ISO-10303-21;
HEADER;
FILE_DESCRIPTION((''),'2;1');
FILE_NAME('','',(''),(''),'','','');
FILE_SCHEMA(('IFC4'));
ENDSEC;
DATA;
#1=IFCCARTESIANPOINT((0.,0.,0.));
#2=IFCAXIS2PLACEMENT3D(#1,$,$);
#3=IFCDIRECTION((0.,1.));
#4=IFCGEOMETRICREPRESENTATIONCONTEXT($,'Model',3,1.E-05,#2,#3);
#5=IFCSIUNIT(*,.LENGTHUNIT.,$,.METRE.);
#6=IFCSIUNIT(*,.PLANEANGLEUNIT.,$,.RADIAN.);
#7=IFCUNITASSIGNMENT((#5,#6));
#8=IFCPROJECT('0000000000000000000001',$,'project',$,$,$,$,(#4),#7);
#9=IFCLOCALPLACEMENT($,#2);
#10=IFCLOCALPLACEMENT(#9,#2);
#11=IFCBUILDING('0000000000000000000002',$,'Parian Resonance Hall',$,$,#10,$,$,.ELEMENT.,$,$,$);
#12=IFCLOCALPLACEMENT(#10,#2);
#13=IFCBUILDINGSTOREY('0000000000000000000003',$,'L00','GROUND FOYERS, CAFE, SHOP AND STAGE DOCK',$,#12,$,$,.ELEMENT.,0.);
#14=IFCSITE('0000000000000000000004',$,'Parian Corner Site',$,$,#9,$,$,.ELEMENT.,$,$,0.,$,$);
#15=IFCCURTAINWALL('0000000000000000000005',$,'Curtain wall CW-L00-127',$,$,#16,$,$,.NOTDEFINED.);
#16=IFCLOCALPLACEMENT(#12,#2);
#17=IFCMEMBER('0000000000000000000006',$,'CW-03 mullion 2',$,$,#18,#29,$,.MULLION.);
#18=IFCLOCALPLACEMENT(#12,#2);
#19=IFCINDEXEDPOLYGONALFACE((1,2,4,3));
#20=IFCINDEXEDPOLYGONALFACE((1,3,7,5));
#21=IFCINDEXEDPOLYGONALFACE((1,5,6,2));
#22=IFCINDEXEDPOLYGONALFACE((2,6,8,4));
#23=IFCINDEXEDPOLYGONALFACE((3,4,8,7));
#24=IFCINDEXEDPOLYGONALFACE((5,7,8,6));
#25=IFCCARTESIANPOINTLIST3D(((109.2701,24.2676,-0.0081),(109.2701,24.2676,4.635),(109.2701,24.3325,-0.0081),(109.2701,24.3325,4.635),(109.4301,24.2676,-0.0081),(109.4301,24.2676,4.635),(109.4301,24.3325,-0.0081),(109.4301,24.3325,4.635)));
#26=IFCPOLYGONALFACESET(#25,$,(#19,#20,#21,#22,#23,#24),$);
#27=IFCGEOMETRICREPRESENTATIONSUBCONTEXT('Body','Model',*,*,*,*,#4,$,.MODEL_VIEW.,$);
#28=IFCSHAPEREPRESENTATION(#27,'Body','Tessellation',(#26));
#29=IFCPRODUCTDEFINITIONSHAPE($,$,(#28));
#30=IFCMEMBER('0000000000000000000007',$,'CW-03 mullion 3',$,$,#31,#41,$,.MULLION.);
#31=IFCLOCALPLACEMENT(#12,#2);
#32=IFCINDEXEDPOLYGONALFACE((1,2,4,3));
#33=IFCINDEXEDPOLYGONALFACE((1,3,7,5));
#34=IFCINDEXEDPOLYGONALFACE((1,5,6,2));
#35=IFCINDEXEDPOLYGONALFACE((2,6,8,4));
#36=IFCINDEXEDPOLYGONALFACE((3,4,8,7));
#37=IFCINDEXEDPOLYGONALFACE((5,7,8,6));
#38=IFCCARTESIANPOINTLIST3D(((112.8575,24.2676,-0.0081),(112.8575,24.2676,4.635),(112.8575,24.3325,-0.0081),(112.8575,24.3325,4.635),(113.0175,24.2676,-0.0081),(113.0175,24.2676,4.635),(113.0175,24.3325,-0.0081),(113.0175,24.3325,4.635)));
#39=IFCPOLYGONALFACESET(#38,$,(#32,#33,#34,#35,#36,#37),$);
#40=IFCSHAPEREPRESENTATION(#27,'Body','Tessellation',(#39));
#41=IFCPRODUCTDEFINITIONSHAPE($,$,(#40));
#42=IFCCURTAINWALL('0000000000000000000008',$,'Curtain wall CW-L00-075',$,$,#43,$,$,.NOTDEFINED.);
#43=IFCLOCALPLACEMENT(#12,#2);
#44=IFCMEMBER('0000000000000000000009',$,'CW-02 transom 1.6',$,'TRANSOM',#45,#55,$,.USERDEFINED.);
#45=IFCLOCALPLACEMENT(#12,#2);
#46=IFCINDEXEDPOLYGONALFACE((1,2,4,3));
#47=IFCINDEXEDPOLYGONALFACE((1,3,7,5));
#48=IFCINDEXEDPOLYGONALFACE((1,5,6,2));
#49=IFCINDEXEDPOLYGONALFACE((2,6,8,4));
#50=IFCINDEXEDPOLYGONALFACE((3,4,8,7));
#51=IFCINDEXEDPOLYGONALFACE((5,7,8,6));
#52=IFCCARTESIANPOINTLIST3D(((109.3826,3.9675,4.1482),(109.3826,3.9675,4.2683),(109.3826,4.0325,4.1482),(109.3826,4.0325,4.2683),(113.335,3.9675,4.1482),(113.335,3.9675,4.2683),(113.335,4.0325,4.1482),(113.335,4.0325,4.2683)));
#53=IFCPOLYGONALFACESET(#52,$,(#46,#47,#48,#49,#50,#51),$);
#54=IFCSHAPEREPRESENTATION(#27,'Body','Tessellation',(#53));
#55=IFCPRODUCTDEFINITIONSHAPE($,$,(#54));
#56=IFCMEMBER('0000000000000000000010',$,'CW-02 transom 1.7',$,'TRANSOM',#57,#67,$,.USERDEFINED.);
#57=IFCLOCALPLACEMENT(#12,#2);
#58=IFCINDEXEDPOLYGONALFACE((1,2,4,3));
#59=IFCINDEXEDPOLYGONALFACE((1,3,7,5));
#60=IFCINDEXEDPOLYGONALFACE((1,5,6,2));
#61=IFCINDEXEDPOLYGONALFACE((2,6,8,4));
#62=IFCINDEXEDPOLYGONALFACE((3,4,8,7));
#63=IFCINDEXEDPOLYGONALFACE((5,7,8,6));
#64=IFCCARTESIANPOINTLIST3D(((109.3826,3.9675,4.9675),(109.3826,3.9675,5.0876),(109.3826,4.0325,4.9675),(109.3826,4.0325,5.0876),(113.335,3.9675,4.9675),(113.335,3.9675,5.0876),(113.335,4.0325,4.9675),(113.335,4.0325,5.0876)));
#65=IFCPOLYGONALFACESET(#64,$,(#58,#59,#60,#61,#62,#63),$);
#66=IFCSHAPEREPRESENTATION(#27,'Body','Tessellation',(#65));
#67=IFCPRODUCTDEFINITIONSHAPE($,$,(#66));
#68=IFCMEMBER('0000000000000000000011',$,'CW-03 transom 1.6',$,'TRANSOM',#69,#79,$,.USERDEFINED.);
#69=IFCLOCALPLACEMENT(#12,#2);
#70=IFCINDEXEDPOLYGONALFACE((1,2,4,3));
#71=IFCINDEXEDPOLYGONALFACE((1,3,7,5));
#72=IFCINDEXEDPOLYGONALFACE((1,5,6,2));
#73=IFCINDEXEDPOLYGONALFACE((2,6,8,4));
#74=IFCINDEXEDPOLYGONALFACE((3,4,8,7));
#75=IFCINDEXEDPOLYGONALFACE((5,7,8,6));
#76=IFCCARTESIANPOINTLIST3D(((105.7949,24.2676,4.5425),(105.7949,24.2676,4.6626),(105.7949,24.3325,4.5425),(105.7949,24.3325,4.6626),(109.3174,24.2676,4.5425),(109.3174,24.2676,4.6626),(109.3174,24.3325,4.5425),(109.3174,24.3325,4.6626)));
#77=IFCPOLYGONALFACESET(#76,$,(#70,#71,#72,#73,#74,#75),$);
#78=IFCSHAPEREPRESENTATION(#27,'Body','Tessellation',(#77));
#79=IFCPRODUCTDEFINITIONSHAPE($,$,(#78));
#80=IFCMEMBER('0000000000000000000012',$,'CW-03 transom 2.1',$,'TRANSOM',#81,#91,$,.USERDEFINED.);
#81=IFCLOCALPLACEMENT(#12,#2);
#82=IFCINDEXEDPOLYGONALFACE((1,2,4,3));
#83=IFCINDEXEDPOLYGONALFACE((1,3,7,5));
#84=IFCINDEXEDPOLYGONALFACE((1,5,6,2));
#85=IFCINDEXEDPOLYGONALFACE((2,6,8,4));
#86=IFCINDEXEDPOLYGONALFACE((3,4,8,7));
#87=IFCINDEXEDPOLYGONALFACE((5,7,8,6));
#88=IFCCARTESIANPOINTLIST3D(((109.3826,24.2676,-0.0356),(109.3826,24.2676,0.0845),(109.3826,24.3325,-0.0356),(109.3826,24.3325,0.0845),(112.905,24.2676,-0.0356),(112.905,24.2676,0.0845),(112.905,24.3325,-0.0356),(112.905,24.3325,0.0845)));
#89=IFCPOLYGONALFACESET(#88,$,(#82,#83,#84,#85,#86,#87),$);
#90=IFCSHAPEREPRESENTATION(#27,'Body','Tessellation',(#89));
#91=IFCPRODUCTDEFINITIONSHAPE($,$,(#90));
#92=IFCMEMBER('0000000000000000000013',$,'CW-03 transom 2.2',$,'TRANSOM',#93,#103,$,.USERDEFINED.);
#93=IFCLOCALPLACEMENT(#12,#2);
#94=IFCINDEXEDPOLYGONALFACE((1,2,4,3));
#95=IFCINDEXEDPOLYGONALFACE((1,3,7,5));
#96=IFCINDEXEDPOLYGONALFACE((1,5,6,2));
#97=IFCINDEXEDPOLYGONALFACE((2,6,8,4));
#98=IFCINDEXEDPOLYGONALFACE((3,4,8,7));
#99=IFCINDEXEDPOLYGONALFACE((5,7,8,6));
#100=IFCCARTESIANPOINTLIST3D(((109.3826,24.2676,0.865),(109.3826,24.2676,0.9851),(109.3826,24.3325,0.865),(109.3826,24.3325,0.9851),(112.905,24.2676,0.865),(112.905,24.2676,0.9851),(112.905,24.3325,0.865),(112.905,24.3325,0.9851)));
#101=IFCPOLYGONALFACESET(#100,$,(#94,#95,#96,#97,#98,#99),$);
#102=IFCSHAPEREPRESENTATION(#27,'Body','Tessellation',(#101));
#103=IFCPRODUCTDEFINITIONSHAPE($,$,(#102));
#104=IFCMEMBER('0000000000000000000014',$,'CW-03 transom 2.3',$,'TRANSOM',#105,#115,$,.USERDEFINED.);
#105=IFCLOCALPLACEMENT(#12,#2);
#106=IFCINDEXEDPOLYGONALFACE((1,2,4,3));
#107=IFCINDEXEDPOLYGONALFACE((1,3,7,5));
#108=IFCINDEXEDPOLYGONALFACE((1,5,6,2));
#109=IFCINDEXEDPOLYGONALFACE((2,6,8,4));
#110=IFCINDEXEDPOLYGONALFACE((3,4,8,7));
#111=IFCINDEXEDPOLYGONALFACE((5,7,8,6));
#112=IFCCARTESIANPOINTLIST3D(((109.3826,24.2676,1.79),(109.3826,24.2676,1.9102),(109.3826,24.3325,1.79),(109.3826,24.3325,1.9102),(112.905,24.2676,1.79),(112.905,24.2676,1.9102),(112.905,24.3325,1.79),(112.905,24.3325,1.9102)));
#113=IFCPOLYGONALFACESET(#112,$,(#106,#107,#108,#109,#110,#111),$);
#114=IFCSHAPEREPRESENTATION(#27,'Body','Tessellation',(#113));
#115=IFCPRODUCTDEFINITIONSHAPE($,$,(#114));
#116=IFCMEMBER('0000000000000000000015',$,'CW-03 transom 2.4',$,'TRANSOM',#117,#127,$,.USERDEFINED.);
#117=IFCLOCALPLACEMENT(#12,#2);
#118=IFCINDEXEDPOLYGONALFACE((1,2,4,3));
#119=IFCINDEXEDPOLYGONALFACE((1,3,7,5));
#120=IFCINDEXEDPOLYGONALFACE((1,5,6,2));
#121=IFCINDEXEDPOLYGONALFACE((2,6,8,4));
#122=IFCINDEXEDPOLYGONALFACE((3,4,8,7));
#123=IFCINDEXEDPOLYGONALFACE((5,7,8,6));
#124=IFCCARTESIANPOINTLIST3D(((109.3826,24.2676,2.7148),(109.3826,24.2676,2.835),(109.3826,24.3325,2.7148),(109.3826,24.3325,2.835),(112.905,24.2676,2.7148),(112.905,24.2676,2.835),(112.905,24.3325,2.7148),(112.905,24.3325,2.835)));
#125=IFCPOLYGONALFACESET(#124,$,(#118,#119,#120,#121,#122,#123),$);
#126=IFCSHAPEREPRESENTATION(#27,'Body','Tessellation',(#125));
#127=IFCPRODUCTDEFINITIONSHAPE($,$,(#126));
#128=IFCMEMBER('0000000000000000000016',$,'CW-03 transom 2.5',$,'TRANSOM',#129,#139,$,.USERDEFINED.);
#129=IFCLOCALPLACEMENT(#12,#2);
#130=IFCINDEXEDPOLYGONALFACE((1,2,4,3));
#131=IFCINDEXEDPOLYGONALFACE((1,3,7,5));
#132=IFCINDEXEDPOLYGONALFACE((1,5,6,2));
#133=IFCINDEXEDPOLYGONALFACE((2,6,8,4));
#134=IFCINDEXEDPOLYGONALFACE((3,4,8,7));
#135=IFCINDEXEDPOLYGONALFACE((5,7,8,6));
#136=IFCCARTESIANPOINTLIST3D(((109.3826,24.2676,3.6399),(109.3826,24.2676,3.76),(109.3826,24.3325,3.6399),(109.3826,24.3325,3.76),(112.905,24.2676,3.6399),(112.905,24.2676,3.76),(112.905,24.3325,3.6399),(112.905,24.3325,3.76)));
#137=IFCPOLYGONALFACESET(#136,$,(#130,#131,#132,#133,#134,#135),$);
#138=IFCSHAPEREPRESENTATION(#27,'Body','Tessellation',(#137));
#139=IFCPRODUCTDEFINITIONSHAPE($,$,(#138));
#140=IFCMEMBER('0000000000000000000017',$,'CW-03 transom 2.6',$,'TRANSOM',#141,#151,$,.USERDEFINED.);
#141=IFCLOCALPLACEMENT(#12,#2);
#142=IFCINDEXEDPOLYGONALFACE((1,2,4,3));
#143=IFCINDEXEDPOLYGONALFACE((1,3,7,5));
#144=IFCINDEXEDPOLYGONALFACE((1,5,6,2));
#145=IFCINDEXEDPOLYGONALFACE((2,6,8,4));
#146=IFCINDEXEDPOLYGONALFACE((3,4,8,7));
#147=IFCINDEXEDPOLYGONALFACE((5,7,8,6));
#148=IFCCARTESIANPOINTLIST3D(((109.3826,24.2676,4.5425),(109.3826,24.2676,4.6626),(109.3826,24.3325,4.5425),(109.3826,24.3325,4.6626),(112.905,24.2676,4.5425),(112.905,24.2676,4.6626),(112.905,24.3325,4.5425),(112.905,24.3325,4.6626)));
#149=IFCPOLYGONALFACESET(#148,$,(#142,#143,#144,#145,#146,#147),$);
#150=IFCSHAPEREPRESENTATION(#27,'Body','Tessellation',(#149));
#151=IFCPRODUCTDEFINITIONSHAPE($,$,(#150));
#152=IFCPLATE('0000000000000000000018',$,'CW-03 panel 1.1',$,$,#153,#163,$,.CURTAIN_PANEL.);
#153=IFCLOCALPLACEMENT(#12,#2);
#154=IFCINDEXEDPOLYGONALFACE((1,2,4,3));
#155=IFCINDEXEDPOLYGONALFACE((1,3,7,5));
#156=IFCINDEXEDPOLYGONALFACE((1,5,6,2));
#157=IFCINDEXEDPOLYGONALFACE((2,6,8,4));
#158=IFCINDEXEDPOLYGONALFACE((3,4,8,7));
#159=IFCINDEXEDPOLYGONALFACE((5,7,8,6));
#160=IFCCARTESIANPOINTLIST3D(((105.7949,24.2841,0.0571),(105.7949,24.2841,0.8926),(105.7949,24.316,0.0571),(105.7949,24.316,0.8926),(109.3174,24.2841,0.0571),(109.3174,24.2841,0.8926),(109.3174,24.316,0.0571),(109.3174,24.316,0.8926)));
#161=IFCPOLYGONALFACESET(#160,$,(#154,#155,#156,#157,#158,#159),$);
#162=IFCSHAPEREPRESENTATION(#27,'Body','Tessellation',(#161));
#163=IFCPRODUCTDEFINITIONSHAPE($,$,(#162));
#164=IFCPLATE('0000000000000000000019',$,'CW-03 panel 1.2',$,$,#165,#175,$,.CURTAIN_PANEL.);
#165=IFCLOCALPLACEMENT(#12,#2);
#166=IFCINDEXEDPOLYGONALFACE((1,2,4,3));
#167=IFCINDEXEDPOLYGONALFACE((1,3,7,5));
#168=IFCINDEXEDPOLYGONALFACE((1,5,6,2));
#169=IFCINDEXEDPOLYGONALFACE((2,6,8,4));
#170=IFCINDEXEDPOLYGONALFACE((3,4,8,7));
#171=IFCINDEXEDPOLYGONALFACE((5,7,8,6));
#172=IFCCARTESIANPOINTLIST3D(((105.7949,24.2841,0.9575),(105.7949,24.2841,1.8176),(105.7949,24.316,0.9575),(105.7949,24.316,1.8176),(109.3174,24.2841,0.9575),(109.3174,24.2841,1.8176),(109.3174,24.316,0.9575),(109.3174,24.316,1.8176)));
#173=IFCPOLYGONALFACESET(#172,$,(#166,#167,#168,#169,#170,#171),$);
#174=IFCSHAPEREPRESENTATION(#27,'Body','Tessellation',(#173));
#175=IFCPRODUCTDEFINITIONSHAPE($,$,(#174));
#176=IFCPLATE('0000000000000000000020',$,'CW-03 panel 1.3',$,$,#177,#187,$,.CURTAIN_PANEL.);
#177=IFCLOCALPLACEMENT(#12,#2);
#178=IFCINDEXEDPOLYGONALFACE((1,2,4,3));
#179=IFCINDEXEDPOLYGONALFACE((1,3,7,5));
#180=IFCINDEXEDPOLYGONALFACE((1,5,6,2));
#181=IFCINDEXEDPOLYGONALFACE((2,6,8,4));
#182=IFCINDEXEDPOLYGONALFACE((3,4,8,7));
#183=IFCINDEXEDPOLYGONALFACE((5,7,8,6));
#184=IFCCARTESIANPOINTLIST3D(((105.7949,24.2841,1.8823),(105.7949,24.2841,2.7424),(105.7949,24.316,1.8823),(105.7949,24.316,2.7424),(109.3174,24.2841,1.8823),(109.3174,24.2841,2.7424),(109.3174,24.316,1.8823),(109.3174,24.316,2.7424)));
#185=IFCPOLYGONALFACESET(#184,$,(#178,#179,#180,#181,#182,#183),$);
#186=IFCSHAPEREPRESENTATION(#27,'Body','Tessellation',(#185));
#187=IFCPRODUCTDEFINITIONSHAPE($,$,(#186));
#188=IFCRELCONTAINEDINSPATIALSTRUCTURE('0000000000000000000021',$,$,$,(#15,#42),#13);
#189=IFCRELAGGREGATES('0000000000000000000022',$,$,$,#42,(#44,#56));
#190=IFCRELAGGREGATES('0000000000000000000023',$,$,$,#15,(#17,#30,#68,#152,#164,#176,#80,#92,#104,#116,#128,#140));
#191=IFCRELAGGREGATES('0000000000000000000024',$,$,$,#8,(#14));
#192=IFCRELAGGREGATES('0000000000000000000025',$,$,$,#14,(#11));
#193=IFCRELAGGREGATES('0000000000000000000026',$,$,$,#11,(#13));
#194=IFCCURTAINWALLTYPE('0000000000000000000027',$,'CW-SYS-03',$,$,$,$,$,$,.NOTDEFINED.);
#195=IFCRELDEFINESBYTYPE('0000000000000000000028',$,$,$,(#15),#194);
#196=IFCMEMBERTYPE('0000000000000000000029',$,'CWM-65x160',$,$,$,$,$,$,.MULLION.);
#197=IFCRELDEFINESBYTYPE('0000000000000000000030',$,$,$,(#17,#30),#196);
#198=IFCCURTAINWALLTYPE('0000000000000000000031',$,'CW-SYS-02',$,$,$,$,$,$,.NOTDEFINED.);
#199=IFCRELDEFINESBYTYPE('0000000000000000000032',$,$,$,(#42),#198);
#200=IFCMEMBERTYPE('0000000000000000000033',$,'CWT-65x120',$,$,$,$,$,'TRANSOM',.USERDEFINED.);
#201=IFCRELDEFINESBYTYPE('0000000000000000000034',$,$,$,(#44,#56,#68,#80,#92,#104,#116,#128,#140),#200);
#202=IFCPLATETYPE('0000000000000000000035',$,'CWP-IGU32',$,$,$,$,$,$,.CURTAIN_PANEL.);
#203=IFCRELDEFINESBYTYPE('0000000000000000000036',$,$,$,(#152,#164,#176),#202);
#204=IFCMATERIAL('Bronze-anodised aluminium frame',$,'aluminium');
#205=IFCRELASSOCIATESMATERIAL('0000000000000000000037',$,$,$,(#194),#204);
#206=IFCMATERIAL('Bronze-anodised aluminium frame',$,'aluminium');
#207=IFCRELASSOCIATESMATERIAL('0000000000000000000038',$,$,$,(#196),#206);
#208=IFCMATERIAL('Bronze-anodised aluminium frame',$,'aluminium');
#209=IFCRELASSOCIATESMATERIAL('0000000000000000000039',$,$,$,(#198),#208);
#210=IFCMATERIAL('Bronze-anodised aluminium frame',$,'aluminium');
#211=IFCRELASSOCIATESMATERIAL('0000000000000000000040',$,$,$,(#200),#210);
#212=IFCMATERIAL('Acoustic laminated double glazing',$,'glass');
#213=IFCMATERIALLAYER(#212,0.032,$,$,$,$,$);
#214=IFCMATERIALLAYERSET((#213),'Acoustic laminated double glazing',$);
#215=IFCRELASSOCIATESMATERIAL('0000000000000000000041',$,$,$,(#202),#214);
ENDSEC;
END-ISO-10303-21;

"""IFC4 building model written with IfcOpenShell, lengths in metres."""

from ifc_helpers import new_model, si_unit, direction, frame, origin, origin_2d, place, context, subcontext, project, spatial, rectangle, extrude, material, layer, layer_set, material_profile, profile_set, type_object, element, aggregate, save


model = new_model("IFC4")

# Units and contexts
model_context = context("Model", 3, precision=1e-05, world=origin(), true_north=direction((0.0, 1.0)))
body_context = subcontext(model_context, "Body", "Model", "MODEL_VIEW")
ifc_project = project(units=[si_unit("LENGTHUNIT", "METRE"), si_unit("PLANEANGLEUNIT", "RADIAN")], contexts=[model_context])

# Site, building, storey
site_placement = place(None, origin())
site = spatial("IfcSite", under=ifc_project, at=site_placement, Name="Parian Corner Site", CompositionType="ELEMENT", RefElevation=0.0)
building_placement = place(site_placement, origin())
building = spatial("IfcBuilding", under=site, at=building_placement, Name="Parian Resonance Hall", CompositionType="ELEMENT")
storey_placement = place(building_placement, origin())
storey = spatial("IfcBuildingStorey", under=building, at=storey_placement, Name="L00", Description="GROUND FOYERS, CAFE, SHOP AND STAGE DOCK", CompositionType="ELEMENT", Elevation=0.0)

# Curtain walls, members
ifc_material_1 = material(Name="Bronze-anodised aluminium frame", Category="aluminium")
curtain_wall_type_1 = type_object("IfcCurtainWallType", Name="CW-SYS-03", PredefinedType="NOTDEFINED", material=ifc_material_1)
curtain_wall_1_placement = place(storey_placement, origin())
curtain_wall_1 = element("IfcCurtainWall", 1, at=curtain_wall_1_placement, inside=storey, type_object=curtain_wall_type_1, Name="Curtain wall CW-L00-127", PredefinedType="NOTDEFINED")
ifc_material_2 = material(Name="Bronze-anodised aluminium frame", Category="aluminium")
ifc_material_profile_1 = material_profile(ifc_material_2, rectangle(XDim=0.0649, YDim=0.1599, at=origin_2d()), Name="CWM-65x160")
ifc_profile_set_1 = profile_set([ifc_material_profile_1], Name="Bronze-anodised aluminium frame")
member_type_1 = type_object("IfcMemberType", Name="CWM-65x160", PredefinedType="MULLION", material=ifc_profile_set_1)
member_1_placement = place(storey_placement, frame((109.3501, 24.3, -0.0081), z_axis=(0.0, 0.0, 1.0), x_axis=(0.0, 1.0, 0.0)))
member_1 = element("IfcMember", 2, at=member_1_placement, type_object=member_type_1, Name="CW-03 mullion 2", PredefinedType="MULLION", context=body_context, shape_type="SweptSolid", body=[
    extrude(rectangle(XDim=0.0649, YDim=0.1599, at=origin_2d()), origin(), (0.0, 0.0, 1.0), 4.6431),
])
member_2_placement = place(storey_placement, frame((112.9375, 24.3, -0.0081), z_axis=(0.0, 0.0, 1.0), x_axis=(0.0, 1.0, 0.0)))
member_2 = element("IfcMember", 3, at=member_2_placement, type_object=member_type_1, Name="CW-03 mullion 3", PredefinedType="MULLION", context=body_context, shape_type="SweptSolid", body=[
    extrude(rectangle(XDim=0.0649, YDim=0.1599, at=origin_2d()), origin(), (0.0, 0.0, 1.0), 4.6431),
])
ifc_material_3 = material(Name="Bronze-anodised aluminium frame", Category="aluminium")
curtain_wall_type_2 = type_object("IfcCurtainWallType", Name="CW-SYS-02", PredefinedType="NOTDEFINED", material=ifc_material_3)
curtain_wall_2_placement = place(storey_placement, origin())
curtain_wall_2 = element("IfcCurtainWall", 4, at=curtain_wall_2_placement, inside=storey, type_object=curtain_wall_type_2, Name="Curtain wall CW-L00-075", PredefinedType="NOTDEFINED")
ifc_material_4 = material(Name="Bronze-anodised aluminium frame", Category="aluminium")
ifc_material_profile_2 = material_profile(ifc_material_4, rectangle(XDim=0.0649, YDim=0.1201, at=origin_2d()), Name="CWT-65x120")
ifc_profile_set_2 = profile_set([ifc_material_profile_2], Name="Bronze-anodised aluminium frame")
member_type_2 = type_object("IfcMemberType", Name="CWT-65x120", ElementType="TRANSOM", PredefinedType="USERDEFINED", material=ifc_profile_set_2)
member_3_placement = place(storey_placement, frame((113.335, 4.0, 4.2083), z_axis=(-1.0, 0.0, 0.0), x_axis=(0.0, -1.0, 0.0)))
member_3 = element("IfcMember", 5, at=member_3_placement, type_object=member_type_2, Name="CW-02 transom 1.6", ObjectType="TRANSOM", PredefinedType="USERDEFINED", context=body_context, shape_type="SweptSolid", body=[
    extrude(rectangle(XDim=0.0649, YDim=0.1201, at=origin_2d()), origin(), (0.0, 0.0, 1.0), 3.9524),
])
member_4_placement = place(storey_placement, frame((113.335, 4.0, 5.0276), z_axis=(-1.0, 0.0, 0.0), x_axis=(0.0, -1.0, 0.0)))
member_4 = element("IfcMember", 6, at=member_4_placement, type_object=member_type_2, Name="CW-02 transom 1.7", ObjectType="TRANSOM", PredefinedType="USERDEFINED", context=body_context, shape_type="SweptSolid", body=[
    extrude(rectangle(XDim=0.0649, YDim=0.1201, at=origin_2d()), origin(), (0.0, 0.0, 1.0), 3.9524),
])
aggregate(curtain_wall_2, [member_3, member_4])

# Members
member_5_placement = place(storey_placement, frame((105.7949, 24.3, 4.6025), z_axis=(1.0, 0.0, 0.0), x_axis=(0.0, 1.0, 0.0)))
member_5 = element("IfcMember", 7, at=member_5_placement, type_object=member_type_2, Name="CW-03 transom 1.6", ObjectType="TRANSOM", PredefinedType="USERDEFINED", context=body_context, shape_type="SweptSolid", body=[
    extrude(rectangle(XDim=0.0649, YDim=0.1201, at=origin_2d()), origin(), (0.0, 0.0, 1.0), 3.5225),
])
member_6_placement = place(storey_placement, frame((109.3826, 24.3, 0.0244), z_axis=(1.0, 0.0, 0.0), x_axis=(0.0, 1.0, 0.0)))
member_6 = element("IfcMember", 8, at=member_6_placement, type_object=member_type_2, Name="CW-03 transom 2.1", ObjectType="TRANSOM", PredefinedType="USERDEFINED", context=body_context, shape_type="SweptSolid", body=[
    extrude(rectangle(XDim=0.0649, YDim=0.1201, at=origin_2d()), origin(), (0.0, 0.0, 1.0), 3.5225),
])
member_7_placement = place(storey_placement, frame((109.3826, 24.3, 0.925), z_axis=(1.0, 0.0, 0.0), x_axis=(0.0, 1.0, 0.0)))
member_7 = element("IfcMember", 9, at=member_7_placement, type_object=member_type_2, Name="CW-03 transom 2.2", ObjectType="TRANSOM", PredefinedType="USERDEFINED", context=body_context, shape_type="SweptSolid", body=[
    extrude(rectangle(XDim=0.0649, YDim=0.1201, at=origin_2d()), origin(), (0.0, 0.0, 1.0), 3.5225),
])
member_8_placement = place(storey_placement, frame((109.3826, 24.3, 1.8501), z_axis=(1.0, 0.0, 0.0), x_axis=(0.0, 1.0, 0.0)))
member_8 = element("IfcMember", 10, at=member_8_placement, type_object=member_type_2, Name="CW-03 transom 2.3", ObjectType="TRANSOM", PredefinedType="USERDEFINED", context=body_context, shape_type="SweptSolid", body=[
    extrude(rectangle(XDim=0.0649, YDim=0.1201, at=origin_2d()), origin(), (0.0, 0.0, 1.0), 3.5225),
])
member_9_placement = place(storey_placement, frame((109.3826, 24.3, 2.7749), z_axis=(1.0, 0.0, 0.0), x_axis=(0.0, 1.0, 0.0)))
member_9 = element("IfcMember", 11, at=member_9_placement, type_object=member_type_2, Name="CW-03 transom 2.4", ObjectType="TRANSOM", PredefinedType="USERDEFINED", context=body_context, shape_type="SweptSolid", body=[
    extrude(rectangle(XDim=0.0649, YDim=0.1201, at=origin_2d()), origin(), (0.0, 0.0, 1.0), 3.5225),
])
member_10_placement = place(storey_placement, frame((109.3826, 24.3, 3.7), z_axis=(1.0, 0.0, 0.0), x_axis=(0.0, 1.0, 0.0)))
member_10 = element("IfcMember", 12, at=member_10_placement, type_object=member_type_2, Name="CW-03 transom 2.5", ObjectType="TRANSOM", PredefinedType="USERDEFINED", context=body_context, shape_type="SweptSolid", body=[
    extrude(rectangle(XDim=0.0649, YDim=0.1201, at=origin_2d()), origin(), (0.0, 0.0, 1.0), 3.5225),
])
member_11_placement = place(storey_placement, frame((109.3826, 24.3, 4.6025), z_axis=(1.0, 0.0, 0.0), x_axis=(0.0, 1.0, 0.0)))
member_11 = element("IfcMember", 13, at=member_11_placement, type_object=member_type_2, Name="CW-03 transom 2.6", ObjectType="TRANSOM", PredefinedType="USERDEFINED", context=body_context, shape_type="SweptSolid", body=[
    extrude(rectangle(XDim=0.0649, YDim=0.1201, at=origin_2d()), origin(), (0.0, 0.0, 1.0), 3.5225),
])

# Plates
ifc_material_5 = material(Name="Acoustic laminated double glazing", Category="glass")
ifc_layer_1 = layer(ifc_material_5, 0.032)
ifc_layer_set_1 = layer_set([ifc_layer_1], Name="Acoustic laminated double glazing")
plate_type = type_object("IfcPlateType", Name="CWP-IGU32", PredefinedType="CURTAIN_PANEL", material=ifc_layer_set_1)
plate_1_placement = place(storey_placement, frame((107.5562, 24.3, 0.0571), z_axis=(0.0, 0.0, 1.0), x_axis=(1.0, 0.0, 0.0)))
plate_1 = element("IfcPlate", 14, at=plate_1_placement, type_object=plate_type, Name="CW-03 panel 1.1", PredefinedType="CURTAIN_PANEL", context=body_context, shape_type="SweptSolid", body=[
    extrude(rectangle(XDim=3.5225, YDim=0.032, at=origin_2d()), origin(), (0.0, 0.0, 1.0), 0.8354),
])
plate_2_placement = place(storey_placement, frame((107.5562, 24.3, 0.9575), z_axis=(0.0, 0.0, 1.0), x_axis=(1.0, 0.0, 0.0)))
plate_2 = element("IfcPlate", 15, at=plate_2_placement, type_object=plate_type, Name="CW-03 panel 1.2", PredefinedType="CURTAIN_PANEL", context=body_context, shape_type="SweptSolid", body=[
    extrude(rectangle(XDim=3.5225, YDim=0.032, at=origin_2d()), origin(), (0.0, 0.0, 1.0), 0.8601),
])
plate_3_placement = place(storey_placement, frame((107.5562, 24.3, 1.8823), z_axis=(0.0, 0.0, 1.0), x_axis=(1.0, 0.0, 0.0)))
plate_3 = element("IfcPlate", 16, at=plate_3_placement, type_object=plate_type, Name="CW-03 panel 1.3", PredefinedType="CURTAIN_PANEL", context=body_context, shape_type="SweptSolid", body=[
    extrude(rectangle(XDim=3.5225, YDim=0.032, at=origin_2d()), origin(), (0.0, 0.0, 1.0), 0.8601),
])
aggregate(curtain_wall_1, [member_1, member_2, member_5, plate_1, plate_2, plate_3, member_6, member_7, member_8, member_9, member_10, member_11])

save(model, "model.ifc")
